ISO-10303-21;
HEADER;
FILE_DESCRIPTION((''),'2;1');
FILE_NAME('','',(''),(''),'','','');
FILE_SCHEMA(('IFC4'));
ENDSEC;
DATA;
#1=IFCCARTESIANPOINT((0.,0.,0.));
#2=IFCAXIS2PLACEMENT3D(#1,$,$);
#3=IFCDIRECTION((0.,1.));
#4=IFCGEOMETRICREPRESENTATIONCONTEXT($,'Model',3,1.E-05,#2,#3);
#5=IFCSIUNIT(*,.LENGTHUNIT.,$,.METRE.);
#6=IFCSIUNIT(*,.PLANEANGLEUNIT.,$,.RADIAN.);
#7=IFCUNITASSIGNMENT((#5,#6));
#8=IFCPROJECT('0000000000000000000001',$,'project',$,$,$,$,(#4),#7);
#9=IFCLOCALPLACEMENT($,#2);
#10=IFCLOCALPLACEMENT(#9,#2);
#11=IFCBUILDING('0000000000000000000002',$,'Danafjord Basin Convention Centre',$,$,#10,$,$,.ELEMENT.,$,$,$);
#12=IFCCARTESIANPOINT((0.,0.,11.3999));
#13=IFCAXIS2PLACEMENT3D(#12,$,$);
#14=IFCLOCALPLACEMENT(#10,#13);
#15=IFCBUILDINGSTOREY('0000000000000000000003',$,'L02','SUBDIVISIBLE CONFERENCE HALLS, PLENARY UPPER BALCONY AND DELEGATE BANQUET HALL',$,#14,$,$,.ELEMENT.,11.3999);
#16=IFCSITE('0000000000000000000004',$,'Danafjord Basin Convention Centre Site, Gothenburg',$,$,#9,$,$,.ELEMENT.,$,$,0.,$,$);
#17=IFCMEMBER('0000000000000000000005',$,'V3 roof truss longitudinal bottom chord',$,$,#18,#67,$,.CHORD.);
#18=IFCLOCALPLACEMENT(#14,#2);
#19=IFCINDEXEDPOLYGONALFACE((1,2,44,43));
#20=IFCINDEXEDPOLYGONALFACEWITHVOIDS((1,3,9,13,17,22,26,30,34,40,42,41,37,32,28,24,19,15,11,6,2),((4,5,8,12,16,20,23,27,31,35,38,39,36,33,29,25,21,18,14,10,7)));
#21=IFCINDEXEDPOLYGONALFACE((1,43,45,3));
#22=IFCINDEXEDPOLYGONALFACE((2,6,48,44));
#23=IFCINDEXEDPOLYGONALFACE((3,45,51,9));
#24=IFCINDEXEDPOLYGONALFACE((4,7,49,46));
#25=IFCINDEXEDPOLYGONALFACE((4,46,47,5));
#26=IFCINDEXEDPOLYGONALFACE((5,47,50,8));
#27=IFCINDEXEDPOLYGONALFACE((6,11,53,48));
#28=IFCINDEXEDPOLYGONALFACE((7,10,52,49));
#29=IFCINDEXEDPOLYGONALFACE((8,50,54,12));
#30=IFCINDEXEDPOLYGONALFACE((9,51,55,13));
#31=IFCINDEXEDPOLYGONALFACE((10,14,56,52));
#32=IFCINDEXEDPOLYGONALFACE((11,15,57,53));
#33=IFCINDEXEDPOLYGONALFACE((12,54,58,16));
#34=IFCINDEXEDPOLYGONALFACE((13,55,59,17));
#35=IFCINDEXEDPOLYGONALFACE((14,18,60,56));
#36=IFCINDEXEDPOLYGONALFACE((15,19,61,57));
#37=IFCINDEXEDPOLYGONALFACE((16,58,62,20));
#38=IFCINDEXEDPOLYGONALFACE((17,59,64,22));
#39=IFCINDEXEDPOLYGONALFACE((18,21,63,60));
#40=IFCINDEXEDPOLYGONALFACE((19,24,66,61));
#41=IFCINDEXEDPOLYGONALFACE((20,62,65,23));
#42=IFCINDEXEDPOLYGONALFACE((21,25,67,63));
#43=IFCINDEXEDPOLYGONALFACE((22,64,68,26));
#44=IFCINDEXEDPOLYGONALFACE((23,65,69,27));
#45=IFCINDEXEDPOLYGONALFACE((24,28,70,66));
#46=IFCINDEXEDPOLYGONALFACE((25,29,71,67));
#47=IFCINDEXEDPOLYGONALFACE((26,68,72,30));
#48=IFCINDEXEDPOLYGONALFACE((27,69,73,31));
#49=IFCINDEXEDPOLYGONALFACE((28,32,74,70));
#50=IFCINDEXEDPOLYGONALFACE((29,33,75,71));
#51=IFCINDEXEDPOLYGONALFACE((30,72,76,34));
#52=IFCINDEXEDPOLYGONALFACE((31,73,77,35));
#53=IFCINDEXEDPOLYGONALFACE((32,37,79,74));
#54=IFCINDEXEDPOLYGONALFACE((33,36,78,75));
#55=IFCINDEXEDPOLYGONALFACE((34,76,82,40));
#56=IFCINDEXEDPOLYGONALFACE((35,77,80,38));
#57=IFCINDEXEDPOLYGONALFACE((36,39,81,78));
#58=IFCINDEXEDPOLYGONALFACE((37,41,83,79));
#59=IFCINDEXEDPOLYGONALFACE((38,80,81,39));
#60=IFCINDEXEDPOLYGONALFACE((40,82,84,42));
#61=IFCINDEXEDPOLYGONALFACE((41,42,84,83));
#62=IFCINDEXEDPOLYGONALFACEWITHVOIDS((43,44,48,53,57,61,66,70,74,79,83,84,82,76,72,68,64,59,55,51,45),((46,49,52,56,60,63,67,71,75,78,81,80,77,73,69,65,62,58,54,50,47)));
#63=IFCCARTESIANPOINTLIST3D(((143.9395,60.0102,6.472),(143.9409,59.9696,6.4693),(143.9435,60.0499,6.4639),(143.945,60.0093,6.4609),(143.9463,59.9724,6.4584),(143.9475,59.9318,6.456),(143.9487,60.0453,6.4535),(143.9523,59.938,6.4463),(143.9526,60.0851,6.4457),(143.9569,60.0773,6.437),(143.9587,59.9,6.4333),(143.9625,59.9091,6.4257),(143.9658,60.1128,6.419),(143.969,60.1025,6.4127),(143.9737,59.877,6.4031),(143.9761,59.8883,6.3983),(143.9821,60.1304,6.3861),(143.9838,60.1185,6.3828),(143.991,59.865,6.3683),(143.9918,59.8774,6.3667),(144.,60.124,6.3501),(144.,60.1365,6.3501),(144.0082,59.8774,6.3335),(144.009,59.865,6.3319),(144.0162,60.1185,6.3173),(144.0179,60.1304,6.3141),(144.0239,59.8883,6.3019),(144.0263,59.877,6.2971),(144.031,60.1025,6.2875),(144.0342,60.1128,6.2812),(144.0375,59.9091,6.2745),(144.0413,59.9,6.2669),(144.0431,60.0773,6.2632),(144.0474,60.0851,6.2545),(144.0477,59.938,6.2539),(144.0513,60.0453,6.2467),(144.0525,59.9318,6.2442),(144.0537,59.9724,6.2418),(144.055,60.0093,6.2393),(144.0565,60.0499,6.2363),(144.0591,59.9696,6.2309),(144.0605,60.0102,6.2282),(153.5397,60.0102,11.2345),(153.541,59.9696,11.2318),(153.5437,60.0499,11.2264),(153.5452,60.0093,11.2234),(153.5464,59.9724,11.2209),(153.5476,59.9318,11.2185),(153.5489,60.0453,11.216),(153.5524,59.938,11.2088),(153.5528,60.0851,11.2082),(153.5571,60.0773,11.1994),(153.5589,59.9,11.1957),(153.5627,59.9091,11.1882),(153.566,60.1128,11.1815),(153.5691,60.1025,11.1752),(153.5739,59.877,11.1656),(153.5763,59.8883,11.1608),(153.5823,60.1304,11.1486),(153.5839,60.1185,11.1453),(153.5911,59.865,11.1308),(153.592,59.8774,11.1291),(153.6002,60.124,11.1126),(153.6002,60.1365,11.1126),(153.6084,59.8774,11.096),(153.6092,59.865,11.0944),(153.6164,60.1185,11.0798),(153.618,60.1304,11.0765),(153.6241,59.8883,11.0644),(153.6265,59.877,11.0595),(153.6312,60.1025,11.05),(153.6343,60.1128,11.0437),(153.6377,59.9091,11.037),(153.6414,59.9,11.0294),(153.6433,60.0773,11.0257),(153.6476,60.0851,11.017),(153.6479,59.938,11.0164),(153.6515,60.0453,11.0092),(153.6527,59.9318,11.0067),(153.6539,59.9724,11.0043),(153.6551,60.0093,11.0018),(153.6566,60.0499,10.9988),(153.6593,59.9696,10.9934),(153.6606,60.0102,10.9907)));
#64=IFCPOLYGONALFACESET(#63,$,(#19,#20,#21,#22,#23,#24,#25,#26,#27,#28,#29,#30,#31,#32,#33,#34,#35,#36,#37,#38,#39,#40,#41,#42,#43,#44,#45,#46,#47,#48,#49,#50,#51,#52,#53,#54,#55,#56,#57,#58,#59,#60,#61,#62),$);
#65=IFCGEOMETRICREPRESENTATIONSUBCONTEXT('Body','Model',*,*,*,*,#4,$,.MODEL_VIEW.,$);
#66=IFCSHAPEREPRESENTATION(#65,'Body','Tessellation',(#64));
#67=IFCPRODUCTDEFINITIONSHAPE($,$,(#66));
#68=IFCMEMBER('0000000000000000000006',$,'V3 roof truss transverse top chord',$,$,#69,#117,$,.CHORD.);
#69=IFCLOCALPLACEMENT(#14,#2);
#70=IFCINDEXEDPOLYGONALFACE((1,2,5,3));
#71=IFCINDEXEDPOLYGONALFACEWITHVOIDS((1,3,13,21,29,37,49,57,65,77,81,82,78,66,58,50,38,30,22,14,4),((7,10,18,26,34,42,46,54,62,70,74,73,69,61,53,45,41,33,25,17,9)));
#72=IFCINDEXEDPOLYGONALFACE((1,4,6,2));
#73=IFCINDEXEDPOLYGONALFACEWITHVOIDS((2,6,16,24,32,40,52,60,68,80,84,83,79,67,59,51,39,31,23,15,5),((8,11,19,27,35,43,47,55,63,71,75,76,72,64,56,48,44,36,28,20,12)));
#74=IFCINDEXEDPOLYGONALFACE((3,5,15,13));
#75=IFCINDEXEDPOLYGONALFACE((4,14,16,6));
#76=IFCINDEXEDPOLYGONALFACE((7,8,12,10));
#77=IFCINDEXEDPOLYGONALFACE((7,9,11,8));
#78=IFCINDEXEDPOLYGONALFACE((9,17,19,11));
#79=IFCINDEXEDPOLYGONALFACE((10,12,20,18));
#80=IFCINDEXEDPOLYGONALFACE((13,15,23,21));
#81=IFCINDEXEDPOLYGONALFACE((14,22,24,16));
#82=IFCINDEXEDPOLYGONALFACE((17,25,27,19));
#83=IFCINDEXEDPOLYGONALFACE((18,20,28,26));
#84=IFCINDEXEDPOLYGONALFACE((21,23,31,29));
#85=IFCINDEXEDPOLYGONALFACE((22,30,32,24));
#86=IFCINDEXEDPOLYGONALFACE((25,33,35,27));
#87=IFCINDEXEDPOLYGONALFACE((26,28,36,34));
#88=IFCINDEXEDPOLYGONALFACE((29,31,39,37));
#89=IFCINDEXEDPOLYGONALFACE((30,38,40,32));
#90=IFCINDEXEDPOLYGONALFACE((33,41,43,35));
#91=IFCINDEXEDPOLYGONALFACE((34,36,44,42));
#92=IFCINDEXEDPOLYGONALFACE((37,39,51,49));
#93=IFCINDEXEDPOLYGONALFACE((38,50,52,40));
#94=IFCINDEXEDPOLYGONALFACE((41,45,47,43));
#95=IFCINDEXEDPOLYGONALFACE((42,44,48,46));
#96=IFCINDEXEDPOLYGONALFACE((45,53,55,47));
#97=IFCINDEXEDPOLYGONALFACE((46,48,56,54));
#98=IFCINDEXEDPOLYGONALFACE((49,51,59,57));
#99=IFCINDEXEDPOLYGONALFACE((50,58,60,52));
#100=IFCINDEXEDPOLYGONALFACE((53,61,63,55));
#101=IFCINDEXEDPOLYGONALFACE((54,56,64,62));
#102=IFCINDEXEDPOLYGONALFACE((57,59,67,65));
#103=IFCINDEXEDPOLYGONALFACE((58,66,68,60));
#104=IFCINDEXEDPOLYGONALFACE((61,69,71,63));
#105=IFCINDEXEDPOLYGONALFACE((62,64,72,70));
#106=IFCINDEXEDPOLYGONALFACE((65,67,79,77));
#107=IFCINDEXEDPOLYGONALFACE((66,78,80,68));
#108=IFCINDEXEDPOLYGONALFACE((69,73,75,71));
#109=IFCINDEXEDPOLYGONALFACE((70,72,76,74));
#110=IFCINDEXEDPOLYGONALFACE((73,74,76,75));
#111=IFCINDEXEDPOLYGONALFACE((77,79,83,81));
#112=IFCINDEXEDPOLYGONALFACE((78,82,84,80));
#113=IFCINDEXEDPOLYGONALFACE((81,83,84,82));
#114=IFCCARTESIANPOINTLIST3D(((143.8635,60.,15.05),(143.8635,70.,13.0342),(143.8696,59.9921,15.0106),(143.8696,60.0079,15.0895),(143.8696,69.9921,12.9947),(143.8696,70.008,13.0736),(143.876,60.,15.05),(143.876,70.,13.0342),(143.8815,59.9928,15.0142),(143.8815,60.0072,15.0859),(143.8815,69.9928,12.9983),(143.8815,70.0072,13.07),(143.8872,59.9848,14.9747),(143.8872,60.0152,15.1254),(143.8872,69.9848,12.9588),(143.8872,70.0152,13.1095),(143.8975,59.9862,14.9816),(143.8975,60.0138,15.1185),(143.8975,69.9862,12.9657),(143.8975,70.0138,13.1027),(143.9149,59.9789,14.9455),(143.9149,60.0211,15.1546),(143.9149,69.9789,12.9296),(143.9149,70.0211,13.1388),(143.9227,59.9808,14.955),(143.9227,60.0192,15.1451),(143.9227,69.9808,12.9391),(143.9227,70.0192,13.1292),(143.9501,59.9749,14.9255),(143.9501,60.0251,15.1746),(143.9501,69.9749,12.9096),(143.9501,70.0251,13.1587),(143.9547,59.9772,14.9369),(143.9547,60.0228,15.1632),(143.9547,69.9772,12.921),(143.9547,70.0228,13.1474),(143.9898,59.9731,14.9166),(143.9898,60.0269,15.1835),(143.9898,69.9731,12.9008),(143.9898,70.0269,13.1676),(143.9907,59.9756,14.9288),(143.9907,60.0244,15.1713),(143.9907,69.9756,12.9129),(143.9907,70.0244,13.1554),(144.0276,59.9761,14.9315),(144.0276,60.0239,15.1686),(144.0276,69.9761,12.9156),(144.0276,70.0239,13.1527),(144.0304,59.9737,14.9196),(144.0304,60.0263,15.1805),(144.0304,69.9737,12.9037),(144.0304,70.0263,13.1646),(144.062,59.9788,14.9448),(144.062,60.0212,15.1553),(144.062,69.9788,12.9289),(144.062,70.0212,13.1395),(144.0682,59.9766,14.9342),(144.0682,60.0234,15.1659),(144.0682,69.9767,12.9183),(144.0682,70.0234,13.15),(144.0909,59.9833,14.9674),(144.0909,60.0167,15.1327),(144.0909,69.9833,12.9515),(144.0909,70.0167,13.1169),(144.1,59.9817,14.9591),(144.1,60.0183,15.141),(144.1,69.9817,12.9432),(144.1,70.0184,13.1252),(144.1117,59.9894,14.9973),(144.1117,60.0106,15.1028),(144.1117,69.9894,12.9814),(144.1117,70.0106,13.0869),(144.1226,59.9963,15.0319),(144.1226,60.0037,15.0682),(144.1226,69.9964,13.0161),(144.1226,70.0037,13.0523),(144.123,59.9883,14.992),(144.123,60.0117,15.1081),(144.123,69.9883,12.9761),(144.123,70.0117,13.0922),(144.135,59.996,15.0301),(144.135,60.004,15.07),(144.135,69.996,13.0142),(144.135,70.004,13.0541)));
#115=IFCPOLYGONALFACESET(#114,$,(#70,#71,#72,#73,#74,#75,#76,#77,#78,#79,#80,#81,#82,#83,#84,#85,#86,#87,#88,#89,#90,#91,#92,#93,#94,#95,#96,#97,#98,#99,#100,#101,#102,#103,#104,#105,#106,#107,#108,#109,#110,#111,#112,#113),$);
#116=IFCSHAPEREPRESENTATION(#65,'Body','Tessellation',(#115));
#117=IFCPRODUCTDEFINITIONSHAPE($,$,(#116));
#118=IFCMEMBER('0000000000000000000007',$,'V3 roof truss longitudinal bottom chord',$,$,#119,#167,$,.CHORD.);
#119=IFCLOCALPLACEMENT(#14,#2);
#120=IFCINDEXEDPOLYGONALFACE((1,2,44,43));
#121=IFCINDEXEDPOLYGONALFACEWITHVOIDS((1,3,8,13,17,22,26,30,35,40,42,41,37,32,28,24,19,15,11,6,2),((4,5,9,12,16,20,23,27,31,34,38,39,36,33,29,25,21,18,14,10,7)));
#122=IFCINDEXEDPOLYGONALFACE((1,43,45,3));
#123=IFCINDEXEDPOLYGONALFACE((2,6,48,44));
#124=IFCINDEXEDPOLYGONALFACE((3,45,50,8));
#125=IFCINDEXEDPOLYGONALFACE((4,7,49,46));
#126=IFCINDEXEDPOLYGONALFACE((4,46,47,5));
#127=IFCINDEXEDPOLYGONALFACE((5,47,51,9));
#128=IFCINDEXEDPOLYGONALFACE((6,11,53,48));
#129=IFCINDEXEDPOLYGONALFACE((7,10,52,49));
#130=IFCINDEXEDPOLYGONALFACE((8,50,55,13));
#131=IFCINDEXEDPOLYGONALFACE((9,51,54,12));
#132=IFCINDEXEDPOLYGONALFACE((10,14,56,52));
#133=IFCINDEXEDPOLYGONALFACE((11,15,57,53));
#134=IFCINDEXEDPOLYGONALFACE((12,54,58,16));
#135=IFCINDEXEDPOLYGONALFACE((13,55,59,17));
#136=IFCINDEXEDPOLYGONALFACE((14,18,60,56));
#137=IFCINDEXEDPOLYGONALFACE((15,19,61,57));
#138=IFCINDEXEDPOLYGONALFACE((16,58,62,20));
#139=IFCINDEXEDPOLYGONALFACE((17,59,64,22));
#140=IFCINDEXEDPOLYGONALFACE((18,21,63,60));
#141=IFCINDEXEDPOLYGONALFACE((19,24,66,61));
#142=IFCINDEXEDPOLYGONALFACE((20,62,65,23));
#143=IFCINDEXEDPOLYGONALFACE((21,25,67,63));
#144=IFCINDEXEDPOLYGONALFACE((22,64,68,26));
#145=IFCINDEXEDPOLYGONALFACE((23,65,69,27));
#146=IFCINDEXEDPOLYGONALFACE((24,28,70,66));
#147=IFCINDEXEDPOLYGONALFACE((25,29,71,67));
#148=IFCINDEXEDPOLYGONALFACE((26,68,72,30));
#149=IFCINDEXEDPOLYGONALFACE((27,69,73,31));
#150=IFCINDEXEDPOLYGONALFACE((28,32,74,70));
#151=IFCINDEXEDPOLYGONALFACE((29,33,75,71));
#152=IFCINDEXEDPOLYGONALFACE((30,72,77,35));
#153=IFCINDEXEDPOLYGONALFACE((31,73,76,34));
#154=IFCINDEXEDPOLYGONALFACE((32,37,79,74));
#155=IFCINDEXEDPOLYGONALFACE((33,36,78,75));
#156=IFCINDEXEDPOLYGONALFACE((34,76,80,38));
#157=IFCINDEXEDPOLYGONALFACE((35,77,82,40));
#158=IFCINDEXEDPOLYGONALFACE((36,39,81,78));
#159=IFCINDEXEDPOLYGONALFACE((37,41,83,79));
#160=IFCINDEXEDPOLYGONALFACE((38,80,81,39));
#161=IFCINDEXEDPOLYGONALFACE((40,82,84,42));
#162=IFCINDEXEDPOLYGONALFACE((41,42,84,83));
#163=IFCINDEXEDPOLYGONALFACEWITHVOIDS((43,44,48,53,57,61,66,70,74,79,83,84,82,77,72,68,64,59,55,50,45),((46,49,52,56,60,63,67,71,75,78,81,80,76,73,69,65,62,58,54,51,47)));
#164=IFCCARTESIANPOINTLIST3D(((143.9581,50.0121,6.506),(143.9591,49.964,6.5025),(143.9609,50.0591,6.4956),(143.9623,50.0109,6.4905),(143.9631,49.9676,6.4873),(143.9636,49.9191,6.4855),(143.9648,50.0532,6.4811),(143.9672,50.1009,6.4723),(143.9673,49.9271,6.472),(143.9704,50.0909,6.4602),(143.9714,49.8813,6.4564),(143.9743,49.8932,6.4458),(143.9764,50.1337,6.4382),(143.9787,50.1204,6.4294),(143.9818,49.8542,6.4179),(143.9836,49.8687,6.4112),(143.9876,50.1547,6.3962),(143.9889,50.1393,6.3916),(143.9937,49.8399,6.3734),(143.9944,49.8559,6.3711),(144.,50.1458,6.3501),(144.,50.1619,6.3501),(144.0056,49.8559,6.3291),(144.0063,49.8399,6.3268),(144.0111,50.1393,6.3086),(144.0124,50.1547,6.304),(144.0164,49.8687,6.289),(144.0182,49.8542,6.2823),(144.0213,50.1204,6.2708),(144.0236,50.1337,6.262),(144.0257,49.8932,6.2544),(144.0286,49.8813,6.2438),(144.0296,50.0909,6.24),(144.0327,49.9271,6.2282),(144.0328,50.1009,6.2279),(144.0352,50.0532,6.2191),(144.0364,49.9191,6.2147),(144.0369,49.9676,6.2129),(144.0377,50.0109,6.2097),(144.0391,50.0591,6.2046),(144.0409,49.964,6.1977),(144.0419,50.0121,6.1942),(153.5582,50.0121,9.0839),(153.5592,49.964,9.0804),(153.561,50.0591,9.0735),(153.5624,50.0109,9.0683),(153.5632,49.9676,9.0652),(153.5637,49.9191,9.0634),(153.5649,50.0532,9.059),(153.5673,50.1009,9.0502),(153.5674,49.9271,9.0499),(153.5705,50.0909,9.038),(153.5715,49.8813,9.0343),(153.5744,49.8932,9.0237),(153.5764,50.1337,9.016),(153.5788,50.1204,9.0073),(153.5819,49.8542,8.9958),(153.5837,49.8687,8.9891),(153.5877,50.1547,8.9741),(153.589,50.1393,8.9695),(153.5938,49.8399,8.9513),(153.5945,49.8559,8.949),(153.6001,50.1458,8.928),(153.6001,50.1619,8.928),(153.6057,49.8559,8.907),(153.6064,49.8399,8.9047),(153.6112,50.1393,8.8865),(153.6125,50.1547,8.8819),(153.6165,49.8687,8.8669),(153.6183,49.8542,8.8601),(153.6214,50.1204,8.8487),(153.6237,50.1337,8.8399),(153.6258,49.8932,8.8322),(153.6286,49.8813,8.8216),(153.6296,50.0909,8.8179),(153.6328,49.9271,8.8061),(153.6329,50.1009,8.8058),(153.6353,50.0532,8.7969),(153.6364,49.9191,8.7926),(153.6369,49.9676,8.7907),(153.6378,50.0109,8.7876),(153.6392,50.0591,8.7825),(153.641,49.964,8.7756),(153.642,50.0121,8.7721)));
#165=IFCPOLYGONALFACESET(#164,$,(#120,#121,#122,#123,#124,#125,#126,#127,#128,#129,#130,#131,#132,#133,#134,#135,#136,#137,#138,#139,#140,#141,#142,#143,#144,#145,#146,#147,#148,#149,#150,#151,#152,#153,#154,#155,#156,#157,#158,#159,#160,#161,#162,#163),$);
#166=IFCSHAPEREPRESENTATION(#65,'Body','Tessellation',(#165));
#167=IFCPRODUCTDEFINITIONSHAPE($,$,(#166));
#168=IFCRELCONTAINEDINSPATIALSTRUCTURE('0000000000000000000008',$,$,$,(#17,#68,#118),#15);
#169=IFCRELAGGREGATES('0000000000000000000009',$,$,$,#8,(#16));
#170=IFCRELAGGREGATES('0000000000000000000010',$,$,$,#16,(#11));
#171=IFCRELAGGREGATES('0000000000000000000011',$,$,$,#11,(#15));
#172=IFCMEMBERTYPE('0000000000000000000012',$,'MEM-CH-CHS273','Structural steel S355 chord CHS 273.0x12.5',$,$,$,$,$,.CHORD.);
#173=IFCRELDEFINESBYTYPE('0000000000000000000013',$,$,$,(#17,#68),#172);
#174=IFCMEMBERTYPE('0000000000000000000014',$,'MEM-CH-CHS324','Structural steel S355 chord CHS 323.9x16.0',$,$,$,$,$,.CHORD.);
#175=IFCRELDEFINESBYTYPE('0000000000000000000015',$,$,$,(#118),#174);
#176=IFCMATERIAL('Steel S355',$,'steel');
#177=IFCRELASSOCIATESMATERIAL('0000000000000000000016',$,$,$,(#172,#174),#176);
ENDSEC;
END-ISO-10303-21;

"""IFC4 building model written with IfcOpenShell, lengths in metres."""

from ifc_helpers import new_model, si_unit, direction, frame, origin, origin_2d, place, context, subcontext, project, spatial, hollow_circle, extrude, material, material_profile, profile_set, type_object, element, save


model = new_model("IFC4")

# Units and contexts
model_context = context("Model", 3, precision=1e-05, world=origin(), true_north=direction((0.0, 1.0)))
body_context = subcontext(model_context, "Body", "Model", "MODEL_VIEW")
ifc_project = project(units=[si_unit("LENGTHUNIT", "METRE"), si_unit("PLANEANGLEUNIT", "RADIAN")], contexts=[model_context])

# Site, building, storey
site_placement = place(None, origin())
site = spatial("IfcSite", under=ifc_project, at=site_placement, Name="Danafjord Basin Convention Centre Site, Gothenburg", CompositionType="ELEMENT", RefElevation=0.0)
building_placement = place(site_placement, origin())
building = spatial("IfcBuilding", under=site, at=building_placement, Name="Danafjord Basin Convention Centre", CompositionType="ELEMENT")
storey_placement = place(building_placement, frame((0.0, 0.0, 11.3999)))
storey = spatial("IfcBuildingStorey", under=building, at=storey_placement, Name="L02", Description="SUBDIVISIBLE CONFERENCE HALLS, PLENARY UPPER BALCONY AND DELEGATE BANQUET HALL", CompositionType="ELEMENT", Elevation=11.3999)

# Shared definitions
ifc_material = material(Name="Steel S355", Category="steel")

# Members
ifc_material_profile_1 = material_profile(ifc_material, hollow_circle(Radius=0.1365, WallThickness=0.0125, at=origin_2d()), Name="CHS 273.0x12.5")
ifc_profile_set_1 = profile_set([ifc_material_profile_1], Name="Steel S355")
member_type_1 = type_object("IfcMemberType", Name="MEM-CH-CHS273", Description="Structural steel S355 chord CHS 273.0x12.5", PredefinedType="CHORD", material=ifc_profile_set_1)
member_1_placement = place(storey_placement, frame((144.0, 60.0, 6.3501), z_axis=(0.895826, 0.0, 0.444405), x_axis=(0.0, 1.0, 0.0)))
element("IfcMember", 1, at=member_1_placement, inside=storey, type_object=member_type_1, Name="V3 roof truss longitudinal bottom chord", PredefinedType="CHORD", context=body_context, shape_type="SweptSolid", body=[
    extrude(hollow_circle(Radius=0.1365, WallThickness=0.0125, at=origin_2d()), origin(), (0.0, 0.0, 1.0), 10.7166),
])
member_2_placement = place(storey_placement, frame((144.0, 60.0, 15.05), z_axis=(0.0, 0.98028, -0.197612), x_axis=(-1.0, 0.0, 0.0)))
element("IfcMember", 2, at=member_2_placement, inside=storey, type_object=member_type_1, Name="V3 roof truss transverse top chord", PredefinedType="CHORD", context=body_context, shape_type="SweptSolid", body=[
    extrude(hollow_circle(Radius=0.1365, WallThickness=0.0125, at=origin_2d()), origin(), (0.0, 0.0, 1.0), 10.2012),
])
ifc_material_profile_2 = material_profile(ifc_material, hollow_circle(Radius=0.1619, WallThickness=0.0161, at=origin_2d()), Name="CHS 323.9x16.0")
ifc_profile_set_2 = profile_set([ifc_material_profile_2], Name="Steel S355")
member_type_2 = type_object("IfcMemberType", Name="MEM-CH-CHS324", Description="Structural steel S355 chord CHS 323.9x16.0", PredefinedType="CHORD", material=ifc_profile_set_2)
member_3_placement = place(storey_placement, frame((144.0, 50.0, 6.3501), z_axis=(0.965786, 0.0, 0.259339), x_axis=(0.0, 1.0, 0.0)))
element("IfcMember", 3, at=member_3_placement, inside=storey, type_object=member_type_2, Name="V3 roof truss longitudinal bottom chord", PredefinedType="CHORD", context=body_context, shape_type="SweptSolid", body=[
    extrude(hollow_circle(Radius=0.1619, WallThickness=0.0161, at=origin_2d()), origin(), (0.0, 0.0, 1.0), 9.9402),
])

save(model, "model.ifc")
